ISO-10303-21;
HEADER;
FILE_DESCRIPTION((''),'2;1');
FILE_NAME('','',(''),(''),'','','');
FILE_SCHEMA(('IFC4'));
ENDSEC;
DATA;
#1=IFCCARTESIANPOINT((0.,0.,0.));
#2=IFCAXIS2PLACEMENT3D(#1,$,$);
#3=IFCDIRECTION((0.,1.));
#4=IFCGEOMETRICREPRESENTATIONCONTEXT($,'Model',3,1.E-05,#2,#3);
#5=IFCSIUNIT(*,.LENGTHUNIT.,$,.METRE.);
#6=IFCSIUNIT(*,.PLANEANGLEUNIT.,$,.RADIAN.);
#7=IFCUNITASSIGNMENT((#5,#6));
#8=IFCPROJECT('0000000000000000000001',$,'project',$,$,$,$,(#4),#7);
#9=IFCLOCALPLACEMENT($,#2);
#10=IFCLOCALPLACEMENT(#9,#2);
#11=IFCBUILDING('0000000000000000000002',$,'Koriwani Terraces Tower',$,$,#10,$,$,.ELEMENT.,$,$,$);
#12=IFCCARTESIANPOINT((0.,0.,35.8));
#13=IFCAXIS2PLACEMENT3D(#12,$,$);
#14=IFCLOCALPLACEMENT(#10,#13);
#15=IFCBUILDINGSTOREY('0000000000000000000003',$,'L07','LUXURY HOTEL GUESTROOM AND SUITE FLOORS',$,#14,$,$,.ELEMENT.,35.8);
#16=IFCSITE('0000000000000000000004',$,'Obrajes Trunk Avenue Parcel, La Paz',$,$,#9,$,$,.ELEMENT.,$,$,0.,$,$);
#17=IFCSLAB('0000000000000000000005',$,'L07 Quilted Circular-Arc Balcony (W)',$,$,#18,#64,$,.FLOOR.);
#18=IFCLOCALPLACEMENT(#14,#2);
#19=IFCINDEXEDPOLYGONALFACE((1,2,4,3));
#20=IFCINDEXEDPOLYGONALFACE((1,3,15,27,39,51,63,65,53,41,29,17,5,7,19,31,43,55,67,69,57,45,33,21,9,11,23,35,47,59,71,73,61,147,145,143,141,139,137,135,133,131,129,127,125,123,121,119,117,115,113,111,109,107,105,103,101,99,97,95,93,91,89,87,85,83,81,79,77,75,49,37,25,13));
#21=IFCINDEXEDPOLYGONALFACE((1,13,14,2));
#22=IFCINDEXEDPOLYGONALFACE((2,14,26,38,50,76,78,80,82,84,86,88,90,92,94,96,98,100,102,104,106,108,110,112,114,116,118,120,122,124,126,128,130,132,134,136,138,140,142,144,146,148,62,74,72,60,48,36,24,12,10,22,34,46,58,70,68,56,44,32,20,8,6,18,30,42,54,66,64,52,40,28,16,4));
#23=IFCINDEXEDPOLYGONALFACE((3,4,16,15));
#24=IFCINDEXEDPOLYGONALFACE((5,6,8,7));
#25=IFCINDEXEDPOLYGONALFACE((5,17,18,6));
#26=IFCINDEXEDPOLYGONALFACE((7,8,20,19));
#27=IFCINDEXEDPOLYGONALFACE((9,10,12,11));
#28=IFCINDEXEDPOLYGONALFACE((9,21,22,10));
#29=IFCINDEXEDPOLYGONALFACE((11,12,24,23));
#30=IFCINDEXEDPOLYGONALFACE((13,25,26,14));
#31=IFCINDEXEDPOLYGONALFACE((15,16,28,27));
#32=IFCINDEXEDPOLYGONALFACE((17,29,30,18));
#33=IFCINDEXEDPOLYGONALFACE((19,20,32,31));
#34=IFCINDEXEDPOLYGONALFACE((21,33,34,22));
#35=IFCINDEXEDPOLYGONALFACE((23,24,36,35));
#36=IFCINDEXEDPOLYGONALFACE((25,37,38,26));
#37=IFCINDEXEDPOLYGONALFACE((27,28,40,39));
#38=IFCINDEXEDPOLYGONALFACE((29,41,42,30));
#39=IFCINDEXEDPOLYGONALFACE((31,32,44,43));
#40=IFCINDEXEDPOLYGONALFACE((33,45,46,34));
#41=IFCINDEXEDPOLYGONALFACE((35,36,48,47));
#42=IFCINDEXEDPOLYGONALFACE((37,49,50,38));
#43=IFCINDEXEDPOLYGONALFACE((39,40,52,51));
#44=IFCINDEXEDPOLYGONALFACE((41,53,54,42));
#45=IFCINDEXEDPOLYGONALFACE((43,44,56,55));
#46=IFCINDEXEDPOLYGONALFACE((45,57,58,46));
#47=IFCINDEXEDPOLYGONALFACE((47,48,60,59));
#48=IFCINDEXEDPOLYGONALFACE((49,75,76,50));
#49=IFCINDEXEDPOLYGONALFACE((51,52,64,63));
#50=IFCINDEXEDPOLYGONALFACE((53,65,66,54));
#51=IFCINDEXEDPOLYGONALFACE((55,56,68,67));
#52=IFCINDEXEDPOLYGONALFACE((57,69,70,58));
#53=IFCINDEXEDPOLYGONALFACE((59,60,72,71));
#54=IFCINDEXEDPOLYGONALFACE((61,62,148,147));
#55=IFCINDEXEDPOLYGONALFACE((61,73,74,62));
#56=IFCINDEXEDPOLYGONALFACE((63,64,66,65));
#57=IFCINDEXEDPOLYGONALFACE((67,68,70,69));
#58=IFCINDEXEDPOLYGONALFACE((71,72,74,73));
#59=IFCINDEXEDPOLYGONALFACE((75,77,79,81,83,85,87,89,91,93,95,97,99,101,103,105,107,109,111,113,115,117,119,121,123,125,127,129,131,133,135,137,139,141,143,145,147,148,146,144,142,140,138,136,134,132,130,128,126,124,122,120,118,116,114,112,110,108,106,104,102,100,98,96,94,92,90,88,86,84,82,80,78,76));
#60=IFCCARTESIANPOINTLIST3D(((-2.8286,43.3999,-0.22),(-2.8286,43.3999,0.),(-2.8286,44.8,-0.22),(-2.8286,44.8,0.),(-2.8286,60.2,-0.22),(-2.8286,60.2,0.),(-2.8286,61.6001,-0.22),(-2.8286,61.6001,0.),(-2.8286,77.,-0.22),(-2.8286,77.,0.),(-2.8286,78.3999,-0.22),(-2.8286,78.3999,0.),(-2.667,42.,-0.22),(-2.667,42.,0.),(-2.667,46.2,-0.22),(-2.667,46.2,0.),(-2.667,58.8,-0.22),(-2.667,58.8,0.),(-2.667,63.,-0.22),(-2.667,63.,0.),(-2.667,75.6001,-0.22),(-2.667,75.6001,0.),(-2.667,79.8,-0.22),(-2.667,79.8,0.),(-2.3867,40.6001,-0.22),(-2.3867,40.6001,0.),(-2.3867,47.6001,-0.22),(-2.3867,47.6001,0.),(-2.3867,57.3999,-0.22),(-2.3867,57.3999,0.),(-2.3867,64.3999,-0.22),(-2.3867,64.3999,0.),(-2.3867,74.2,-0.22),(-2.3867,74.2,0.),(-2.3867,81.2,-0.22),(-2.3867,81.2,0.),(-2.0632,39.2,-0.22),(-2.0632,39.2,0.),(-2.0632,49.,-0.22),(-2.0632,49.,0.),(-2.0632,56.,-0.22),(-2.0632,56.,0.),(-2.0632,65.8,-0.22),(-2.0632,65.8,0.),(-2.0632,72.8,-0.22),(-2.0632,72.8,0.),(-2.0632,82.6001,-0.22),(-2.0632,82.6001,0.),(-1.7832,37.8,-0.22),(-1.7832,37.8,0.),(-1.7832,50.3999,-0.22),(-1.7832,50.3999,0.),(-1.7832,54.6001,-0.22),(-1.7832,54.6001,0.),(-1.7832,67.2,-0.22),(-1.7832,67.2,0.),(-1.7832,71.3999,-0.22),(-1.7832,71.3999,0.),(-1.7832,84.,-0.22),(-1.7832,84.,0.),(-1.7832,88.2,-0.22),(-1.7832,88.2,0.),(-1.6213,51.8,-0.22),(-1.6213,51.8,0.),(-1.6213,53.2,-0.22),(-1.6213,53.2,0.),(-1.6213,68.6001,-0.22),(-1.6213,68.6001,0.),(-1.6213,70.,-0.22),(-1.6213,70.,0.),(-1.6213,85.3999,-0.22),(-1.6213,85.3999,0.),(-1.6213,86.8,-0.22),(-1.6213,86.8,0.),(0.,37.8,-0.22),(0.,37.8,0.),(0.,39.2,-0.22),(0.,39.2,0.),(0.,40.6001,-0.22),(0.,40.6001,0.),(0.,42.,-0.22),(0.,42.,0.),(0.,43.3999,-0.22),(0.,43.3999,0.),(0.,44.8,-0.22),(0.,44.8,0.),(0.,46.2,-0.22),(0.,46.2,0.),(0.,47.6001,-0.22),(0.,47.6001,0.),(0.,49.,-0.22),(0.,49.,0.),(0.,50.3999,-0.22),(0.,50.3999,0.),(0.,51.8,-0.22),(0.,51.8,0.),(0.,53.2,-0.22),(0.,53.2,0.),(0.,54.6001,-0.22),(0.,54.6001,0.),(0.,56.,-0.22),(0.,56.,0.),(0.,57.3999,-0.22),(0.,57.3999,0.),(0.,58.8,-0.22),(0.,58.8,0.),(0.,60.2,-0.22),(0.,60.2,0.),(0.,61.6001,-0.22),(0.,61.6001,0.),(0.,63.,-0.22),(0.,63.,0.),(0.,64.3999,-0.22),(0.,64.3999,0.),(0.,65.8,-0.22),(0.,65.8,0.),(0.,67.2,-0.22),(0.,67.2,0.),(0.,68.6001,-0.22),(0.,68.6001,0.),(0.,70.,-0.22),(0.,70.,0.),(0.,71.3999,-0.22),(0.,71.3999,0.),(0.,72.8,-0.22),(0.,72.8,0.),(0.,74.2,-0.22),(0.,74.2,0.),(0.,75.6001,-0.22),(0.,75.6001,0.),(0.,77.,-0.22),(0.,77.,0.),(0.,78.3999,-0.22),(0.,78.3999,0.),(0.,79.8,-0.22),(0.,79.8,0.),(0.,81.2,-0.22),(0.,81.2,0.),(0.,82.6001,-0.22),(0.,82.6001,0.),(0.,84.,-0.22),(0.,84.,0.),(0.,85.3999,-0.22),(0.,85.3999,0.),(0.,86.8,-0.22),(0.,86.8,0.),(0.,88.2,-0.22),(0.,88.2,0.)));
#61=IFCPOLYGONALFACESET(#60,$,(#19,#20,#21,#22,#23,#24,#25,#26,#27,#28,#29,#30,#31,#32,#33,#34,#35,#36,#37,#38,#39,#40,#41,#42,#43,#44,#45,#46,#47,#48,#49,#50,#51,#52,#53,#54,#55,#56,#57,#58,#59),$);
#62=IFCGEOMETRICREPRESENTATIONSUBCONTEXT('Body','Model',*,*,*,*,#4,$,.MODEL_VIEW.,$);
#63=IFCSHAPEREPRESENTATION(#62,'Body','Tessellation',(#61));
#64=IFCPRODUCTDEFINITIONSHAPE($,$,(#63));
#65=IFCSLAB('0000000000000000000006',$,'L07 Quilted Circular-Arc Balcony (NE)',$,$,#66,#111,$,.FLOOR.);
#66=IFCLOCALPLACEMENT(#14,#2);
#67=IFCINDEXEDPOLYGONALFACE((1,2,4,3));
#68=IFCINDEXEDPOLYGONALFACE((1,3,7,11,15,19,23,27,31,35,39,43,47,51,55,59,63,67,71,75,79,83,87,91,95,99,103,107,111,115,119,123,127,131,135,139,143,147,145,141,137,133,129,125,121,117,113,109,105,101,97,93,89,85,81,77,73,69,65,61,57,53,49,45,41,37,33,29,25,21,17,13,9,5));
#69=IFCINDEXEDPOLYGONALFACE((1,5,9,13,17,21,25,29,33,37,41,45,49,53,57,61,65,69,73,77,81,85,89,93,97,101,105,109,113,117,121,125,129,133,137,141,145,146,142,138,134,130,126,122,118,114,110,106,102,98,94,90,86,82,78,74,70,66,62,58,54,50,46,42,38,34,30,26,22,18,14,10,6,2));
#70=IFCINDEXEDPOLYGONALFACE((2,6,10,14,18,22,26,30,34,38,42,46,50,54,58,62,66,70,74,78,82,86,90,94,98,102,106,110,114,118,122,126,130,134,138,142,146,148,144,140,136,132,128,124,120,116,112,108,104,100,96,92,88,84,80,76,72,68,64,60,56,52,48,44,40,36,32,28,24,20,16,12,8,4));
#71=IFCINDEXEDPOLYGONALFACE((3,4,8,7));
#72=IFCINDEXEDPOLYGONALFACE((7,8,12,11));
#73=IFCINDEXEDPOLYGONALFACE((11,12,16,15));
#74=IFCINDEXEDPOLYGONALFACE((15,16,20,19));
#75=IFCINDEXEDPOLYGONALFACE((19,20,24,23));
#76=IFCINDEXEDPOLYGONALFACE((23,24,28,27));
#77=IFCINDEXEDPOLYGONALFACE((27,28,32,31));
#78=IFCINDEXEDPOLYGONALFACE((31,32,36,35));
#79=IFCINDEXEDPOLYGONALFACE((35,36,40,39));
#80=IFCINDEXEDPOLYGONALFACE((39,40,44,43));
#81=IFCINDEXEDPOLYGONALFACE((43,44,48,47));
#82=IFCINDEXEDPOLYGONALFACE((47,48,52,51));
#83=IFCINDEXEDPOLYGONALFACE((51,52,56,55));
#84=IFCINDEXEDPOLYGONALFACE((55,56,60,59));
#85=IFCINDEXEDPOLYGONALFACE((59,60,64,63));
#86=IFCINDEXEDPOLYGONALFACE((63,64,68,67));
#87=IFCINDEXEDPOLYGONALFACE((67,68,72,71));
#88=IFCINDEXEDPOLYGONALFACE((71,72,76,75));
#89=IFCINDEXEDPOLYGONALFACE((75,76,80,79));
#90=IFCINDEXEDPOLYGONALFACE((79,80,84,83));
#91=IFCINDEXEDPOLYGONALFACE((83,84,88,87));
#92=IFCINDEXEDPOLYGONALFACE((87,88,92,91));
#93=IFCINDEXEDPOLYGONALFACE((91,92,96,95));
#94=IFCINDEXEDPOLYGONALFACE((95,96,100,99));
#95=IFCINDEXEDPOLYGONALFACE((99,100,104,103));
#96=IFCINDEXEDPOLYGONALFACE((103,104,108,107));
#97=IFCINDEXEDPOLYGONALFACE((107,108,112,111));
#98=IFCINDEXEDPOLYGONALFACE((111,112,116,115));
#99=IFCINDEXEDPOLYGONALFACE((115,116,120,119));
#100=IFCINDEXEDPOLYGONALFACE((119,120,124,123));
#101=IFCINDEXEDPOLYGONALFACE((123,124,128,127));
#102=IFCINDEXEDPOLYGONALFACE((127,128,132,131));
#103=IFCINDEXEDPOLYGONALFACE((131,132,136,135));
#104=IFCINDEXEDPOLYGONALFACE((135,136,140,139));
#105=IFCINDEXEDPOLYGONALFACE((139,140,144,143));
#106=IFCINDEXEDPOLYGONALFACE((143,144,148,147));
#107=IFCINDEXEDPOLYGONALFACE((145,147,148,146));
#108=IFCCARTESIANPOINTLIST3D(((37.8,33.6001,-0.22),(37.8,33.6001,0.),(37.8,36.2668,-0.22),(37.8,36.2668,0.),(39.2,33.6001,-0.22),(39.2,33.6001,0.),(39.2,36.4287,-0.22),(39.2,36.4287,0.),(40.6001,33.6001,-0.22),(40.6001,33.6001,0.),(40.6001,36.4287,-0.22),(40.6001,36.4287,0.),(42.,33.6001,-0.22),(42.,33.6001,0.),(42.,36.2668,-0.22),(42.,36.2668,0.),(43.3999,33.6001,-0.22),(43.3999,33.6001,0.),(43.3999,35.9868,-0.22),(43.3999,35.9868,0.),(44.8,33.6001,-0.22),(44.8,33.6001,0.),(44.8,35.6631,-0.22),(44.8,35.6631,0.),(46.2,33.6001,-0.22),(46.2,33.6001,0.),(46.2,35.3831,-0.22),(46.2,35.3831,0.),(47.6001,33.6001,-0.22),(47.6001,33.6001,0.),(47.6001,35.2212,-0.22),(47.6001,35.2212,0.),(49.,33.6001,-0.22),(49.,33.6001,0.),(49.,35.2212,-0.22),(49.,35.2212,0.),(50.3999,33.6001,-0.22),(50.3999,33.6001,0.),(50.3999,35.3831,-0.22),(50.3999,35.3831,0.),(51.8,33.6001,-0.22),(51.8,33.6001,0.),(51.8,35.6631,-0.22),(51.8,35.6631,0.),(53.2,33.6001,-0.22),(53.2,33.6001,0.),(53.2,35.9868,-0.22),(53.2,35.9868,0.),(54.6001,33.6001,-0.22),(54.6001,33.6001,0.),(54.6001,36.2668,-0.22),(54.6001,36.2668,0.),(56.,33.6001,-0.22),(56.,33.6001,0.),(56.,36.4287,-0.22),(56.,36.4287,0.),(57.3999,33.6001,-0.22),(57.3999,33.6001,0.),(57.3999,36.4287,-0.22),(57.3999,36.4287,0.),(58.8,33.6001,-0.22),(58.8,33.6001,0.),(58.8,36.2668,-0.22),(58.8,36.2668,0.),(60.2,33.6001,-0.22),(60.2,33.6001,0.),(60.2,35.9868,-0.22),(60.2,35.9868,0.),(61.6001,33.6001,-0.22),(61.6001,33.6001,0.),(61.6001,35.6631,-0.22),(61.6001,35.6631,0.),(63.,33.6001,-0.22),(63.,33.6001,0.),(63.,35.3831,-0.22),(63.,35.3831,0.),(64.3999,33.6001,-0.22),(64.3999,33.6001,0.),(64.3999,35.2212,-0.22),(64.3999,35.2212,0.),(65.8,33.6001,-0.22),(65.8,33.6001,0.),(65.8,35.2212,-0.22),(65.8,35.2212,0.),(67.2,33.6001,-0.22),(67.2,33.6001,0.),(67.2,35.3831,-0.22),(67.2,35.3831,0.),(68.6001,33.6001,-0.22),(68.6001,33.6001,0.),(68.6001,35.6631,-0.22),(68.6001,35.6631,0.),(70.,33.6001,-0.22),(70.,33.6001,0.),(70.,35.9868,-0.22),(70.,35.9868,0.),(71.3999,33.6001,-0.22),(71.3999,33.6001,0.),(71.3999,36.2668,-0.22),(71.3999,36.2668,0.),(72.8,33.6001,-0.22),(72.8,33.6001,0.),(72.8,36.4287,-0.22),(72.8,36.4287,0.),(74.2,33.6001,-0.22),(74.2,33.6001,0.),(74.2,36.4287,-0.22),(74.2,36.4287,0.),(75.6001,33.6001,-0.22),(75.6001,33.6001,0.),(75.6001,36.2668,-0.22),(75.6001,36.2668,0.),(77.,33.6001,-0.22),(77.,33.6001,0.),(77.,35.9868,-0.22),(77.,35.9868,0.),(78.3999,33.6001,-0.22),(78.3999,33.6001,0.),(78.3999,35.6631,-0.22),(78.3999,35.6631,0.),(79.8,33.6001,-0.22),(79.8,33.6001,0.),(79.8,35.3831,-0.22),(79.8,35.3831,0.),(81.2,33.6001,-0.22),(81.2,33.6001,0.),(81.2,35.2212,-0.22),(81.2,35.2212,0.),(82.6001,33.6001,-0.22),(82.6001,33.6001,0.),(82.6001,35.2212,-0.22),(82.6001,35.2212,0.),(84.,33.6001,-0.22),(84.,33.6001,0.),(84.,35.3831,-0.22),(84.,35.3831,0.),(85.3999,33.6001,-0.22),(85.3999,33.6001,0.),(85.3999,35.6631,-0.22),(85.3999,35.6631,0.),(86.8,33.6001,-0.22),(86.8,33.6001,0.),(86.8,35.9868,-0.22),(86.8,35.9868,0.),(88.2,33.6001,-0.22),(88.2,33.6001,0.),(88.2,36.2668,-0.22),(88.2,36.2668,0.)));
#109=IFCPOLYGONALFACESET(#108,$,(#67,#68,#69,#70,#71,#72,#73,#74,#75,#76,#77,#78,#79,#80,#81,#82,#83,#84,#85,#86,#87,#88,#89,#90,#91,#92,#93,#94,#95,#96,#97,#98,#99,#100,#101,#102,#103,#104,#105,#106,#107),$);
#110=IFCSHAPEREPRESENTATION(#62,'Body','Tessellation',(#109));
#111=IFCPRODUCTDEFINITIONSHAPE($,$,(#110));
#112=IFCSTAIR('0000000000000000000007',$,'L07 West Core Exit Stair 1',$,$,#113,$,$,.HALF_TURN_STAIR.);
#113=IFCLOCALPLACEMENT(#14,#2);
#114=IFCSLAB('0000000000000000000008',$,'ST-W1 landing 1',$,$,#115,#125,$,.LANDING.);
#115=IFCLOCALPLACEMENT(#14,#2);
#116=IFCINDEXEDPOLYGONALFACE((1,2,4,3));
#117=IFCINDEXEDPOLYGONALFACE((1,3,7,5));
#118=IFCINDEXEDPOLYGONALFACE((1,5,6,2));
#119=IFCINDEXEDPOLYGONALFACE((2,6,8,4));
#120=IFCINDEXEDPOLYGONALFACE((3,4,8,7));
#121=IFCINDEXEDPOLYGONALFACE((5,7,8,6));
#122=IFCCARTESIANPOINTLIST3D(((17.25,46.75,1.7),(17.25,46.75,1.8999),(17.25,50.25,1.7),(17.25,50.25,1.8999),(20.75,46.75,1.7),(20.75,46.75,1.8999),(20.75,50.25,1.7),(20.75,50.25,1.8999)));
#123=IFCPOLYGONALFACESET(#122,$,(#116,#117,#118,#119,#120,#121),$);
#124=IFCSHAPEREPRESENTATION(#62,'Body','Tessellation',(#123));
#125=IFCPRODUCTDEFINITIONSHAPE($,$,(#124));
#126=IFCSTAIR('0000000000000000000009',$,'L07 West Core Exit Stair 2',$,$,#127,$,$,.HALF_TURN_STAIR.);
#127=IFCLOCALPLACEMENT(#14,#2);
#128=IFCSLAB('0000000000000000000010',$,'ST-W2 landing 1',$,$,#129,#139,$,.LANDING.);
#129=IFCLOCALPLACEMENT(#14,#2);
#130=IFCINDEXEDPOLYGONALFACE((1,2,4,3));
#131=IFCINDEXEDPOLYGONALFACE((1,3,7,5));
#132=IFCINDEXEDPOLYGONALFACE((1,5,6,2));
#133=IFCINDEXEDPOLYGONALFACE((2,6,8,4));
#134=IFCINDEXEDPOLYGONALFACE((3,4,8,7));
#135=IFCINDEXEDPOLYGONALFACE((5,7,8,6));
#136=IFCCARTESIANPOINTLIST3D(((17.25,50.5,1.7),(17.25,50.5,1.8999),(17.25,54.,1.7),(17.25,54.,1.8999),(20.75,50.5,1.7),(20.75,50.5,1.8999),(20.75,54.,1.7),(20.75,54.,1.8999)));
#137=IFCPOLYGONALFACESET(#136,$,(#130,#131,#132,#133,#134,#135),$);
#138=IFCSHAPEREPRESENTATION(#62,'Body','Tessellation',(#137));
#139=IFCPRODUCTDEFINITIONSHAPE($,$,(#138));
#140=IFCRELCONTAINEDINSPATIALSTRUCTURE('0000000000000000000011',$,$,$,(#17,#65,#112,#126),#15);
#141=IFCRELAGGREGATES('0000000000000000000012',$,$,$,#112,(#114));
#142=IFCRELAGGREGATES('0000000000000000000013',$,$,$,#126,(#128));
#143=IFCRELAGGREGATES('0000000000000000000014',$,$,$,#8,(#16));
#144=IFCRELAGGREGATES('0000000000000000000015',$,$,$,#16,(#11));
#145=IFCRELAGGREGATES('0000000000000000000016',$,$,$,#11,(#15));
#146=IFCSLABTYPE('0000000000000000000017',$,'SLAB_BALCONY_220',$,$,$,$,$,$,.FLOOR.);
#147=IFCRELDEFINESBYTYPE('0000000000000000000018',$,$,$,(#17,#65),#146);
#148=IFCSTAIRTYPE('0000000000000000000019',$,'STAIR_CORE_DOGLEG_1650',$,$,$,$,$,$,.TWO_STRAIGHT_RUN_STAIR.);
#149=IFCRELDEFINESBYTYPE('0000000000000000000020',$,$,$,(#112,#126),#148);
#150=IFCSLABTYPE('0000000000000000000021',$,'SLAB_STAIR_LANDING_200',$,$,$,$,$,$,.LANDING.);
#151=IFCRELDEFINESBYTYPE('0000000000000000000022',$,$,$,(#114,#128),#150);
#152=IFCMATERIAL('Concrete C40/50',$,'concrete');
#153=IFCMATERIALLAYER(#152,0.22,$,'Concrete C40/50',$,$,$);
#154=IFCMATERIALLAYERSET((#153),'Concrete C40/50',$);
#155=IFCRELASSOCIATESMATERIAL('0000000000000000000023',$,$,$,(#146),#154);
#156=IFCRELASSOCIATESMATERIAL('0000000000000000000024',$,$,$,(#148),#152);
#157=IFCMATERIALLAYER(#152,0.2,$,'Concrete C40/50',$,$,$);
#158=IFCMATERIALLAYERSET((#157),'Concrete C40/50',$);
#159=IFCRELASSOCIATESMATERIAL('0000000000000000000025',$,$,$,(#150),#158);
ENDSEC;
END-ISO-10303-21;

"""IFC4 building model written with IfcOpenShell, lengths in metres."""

from ifc_helpers import new_model, si_unit, direction, frame, origin, place, context, subcontext, project, spatial, polyline, outline, extrude, material, layer, layer_set, type_object, element, aggregate, save


model = new_model("IFC4")

# Units and contexts
model_context = context("Model", 3, precision=1e-05, world=origin(), true_north=direction((0.0, 1.0)))
body_context = subcontext(model_context, "Body", "Model", "MODEL_VIEW")
ifc_project = project(units=[si_unit("LENGTHUNIT", "METRE"), si_unit("PLANEANGLEUNIT", "RADIAN")], contexts=[model_context])

# Site, building, storey
site_placement = place(None, origin())
site = spatial("IfcSite", under=ifc_project, at=site_placement, Name="Obrajes Trunk Avenue Parcel, La Paz", CompositionType="ELEMENT", RefElevation=0.0)
building_placement = place(site_placement, origin())
building = spatial("IfcBuilding", under=site, at=building_placement, Name="Koriwani Terraces Tower", CompositionType="ELEMENT")
storey_placement = place(building_placement, frame((0.0, 0.0, 35.8)))
storey = spatial("IfcBuildingStorey", under=building, at=storey_placement, Name="L07", Description="LUXURY HOTEL GUESTROOM AND SUITE FLOORS", CompositionType="ELEMENT", Elevation=35.8)

# Shared definitions
ifc_material_1 = material(Name="Concrete C40/50", Category="concrete")

# Slabs
ifc_layer_1 = layer(ifc_material_1, 0.22, Name="Concrete C40/50")
ifc_layer_set_1 = layer_set([ifc_layer_1], Name="Concrete C40/50")
slab_type_1 = type_object("IfcSlabType", Name="SLAB_BALCONY_220", PredefinedType="FLOOR", material=ifc_layer_set_1)
slab_1_placement = place(storey_placement, frame((0.0, 0.0, -0.22)))
element("IfcSlab", 1, at=slab_1_placement, inside=storey, type_object=slab_type_1, Name="L07 Quilted Circular-Arc Balcony (W)", PredefinedType="FLOOR", context=body_context, shape_type="SweptSolid", body=[
    extrude(outline(polyline([(0.0, 37.8), (0.0, 39.2), (0.0, 40.6001), (0.0, 42.0), (0.0, 43.3999), (0.0, 44.8), (0.0, 46.2), (0.0, 47.6001), (0.0, 49.0), (0.0, 50.3999), (0.0, 51.8), (0.0, 53.2), (0.0, 54.6001), (0.0, 56.0), (0.0, 57.3999), (0.0, 58.8), (0.0, 60.2), (0.0, 61.6001), (0.0, 63.0), (0.0, 64.3999), (0.0, 65.8), (0.0, 67.2), (0.0, 68.6001), (0.0, 70.0), (0.0, 71.3999), (0.0, 72.8), (0.0, 74.2), (0.0, 75.6001), (0.0, 77.0), (0.0, 78.3999), (0.0, 79.8), (0.0, 81.2), (0.0, 82.6001), (0.0, 84.0), (0.0, 85.3999), (0.0, 86.8), (0.0, 88.2), (-1.7832, 88.2), (-1.6213, 86.8), (-1.6213, 85.3999), (-1.7832, 84.0), (-2.0632, 82.6001), (-2.3867, 81.2), (-2.667, 79.8), (-2.8286, 78.3999), (-2.8286, 77.0), (-2.667, 75.6001), (-2.3867, 74.2), (-2.0632, 72.8), (-1.7832, 71.3999), (-1.6213, 70.0), (-1.6213, 68.6001), (-1.7832, 67.2), (-2.0632, 65.8), (-2.3867, 64.3999), (-2.667, 63.0), (-2.8286, 61.6001), (-2.8286, 60.2), (-2.667, 58.8), (-2.3867, 57.3999), (-2.0632, 56.0), (-1.7832, 54.6001), (-1.6213, 53.2), (-1.6213, 51.8), (-1.7832, 50.3999), (-2.0632, 49.0), (-2.3867, 47.6001), (-2.667, 46.2), (-2.8286, 44.8), (-2.8286, 43.3999), (-2.667, 42.0), (-2.3867, 40.6001), (-2.0632, 39.2), (-1.7832, 37.8), (0.0, 37.8)])), origin(), (0.0, 0.0, 1.0), 0.22),
])
slab_2_placement = place(storey_placement, frame((0.0, 0.0, -0.22)))
element("IfcSlab", 2, at=slab_2_placement, inside=storey, type_object=slab_type_1, Name="L07 Quilted Circular-Arc Balcony (NE)", PredefinedType="FLOOR", context=body_context, shape_type="SweptSolid", body=[
    extrude(outline(polyline([(88.2, 33.6001), (86.8, 33.6001), (85.3999, 33.6001), (84.0, 33.6001), (82.6001, 33.6001), (81.2, 33.6001), (79.8, 33.6001), (78.3999, 33.6001), (77.0, 33.6001), (75.6001, 33.6001), (74.2, 33.6001), (72.8, 33.6001), (71.3999, 33.6001), (70.0, 33.6001), (68.6001, 33.6001), (67.2, 33.6001), (65.8, 33.6001), (64.3999, 33.6001), (63.0, 33.6001), (61.6001, 33.6001), (60.2, 33.6001), (58.8, 33.6001), (57.3999, 33.6001), (56.0, 33.6001), (54.6001, 33.6001), (53.2, 33.6001), (51.8, 33.6001), (50.3999, 33.6001), (49.0, 33.6001), (47.6001, 33.6001), (46.2, 33.6001), (44.8, 33.6001), (43.3999, 33.6001), (42.0, 33.6001), (40.6001, 33.6001), (39.2, 33.6001), (37.8, 33.6001), (37.8, 36.2668), (39.2, 36.4287), (40.6001, 36.4287), (42.0, 36.2668), (43.3999, 35.9868), (44.8, 35.6631), (46.2, 35.3831), (47.6001, 35.2212), (49.0, 35.2212), (50.3999, 35.3831), (51.8, 35.6631), (53.2, 35.9868), (54.6001, 36.2668), (56.0, 36.4287), (57.3999, 36.4287), (58.8, 36.2668), (60.2, 35.9868), (61.6001, 35.6631), (63.0, 35.3831), (64.3999, 35.2212), (65.8, 35.2212), (67.2, 35.3831), (68.6001, 35.6631), (70.0, 35.9868), (71.3999, 36.2668), (72.8, 36.4287), (74.2, 36.4287), (75.6001, 36.2668), (77.0, 35.9868), (78.3999, 35.6631), (79.8, 35.3831), (81.2, 35.2212), (82.6001, 35.2212), (84.0, 35.3831), (85.3999, 35.6631), (86.8, 35.9868), (88.2, 36.2668), (88.2, 33.6001)])), origin(), (0.0, 0.0, 1.0), 0.22),
])

# Stairs, slabs
stair_type = type_object("IfcStairType", Name="STAIR_CORE_DOGLEG_1650", PredefinedType="TWO_STRAIGHT_RUN_STAIR", material=ifc_material_1)
stair_1_placement = place(storey_placement, origin())
stair_1 = element("IfcStair", 3, at=stair_1_placement, inside=storey, type_object=stair_type, Name="L07 West Core Exit Stair 1", PredefinedType="HALF_TURN_STAIR")
ifc_layer_2 = layer(ifc_material_1, 0.2, Name="Concrete C40/50")
ifc_layer_set_2 = layer_set([ifc_layer_2], Name="Concrete C40/50")
slab_type_2 = type_object("IfcSlabType", Name="SLAB_STAIR_LANDING_200", PredefinedType="LANDING", material=ifc_layer_set_2)
slab_3_placement = place(storey_placement, frame((0.0, 0.0, 1.7)))
slab_3 = element("IfcSlab", 4, at=slab_3_placement, type_object=slab_type_2, Name="ST-W1 landing 1", PredefinedType="LANDING", context=body_context, shape_type="SweptSolid", body=[
    extrude(outline(polyline([(20.75, 46.75), (20.75, 50.25), (17.25, 50.25), (17.25, 46.75), (20.75, 46.75)])), origin(), (0.0, 0.0, 1.0), 0.2),
])
aggregate(stair_1, [slab_3])
stair_2_placement = place(storey_placement, origin())
stair_2 = element("IfcStair", 5, at=stair_2_placement, inside=storey, type_object=stair_type, Name="L07 West Core Exit Stair 2", PredefinedType="HALF_TURN_STAIR")
slab_4_placement = place(storey_placement, frame((0.0, 0.0, 1.7)))
slab_4 = element("IfcSlab", 6, at=slab_4_placement, type_object=slab_type_2, Name="ST-W2 landing 1", PredefinedType="LANDING", context=body_context, shape_type="SweptSolid", body=[
    extrude(outline(polyline([(17.25, 54.0), (17.25, 50.5), (20.75, 50.5), (20.75, 54.0), (17.25, 54.0)])), origin(), (0.0, 0.0, 1.0), 0.2),
])
aggregate(stair_2, [slab_4])

save(model, "model.ifc")
